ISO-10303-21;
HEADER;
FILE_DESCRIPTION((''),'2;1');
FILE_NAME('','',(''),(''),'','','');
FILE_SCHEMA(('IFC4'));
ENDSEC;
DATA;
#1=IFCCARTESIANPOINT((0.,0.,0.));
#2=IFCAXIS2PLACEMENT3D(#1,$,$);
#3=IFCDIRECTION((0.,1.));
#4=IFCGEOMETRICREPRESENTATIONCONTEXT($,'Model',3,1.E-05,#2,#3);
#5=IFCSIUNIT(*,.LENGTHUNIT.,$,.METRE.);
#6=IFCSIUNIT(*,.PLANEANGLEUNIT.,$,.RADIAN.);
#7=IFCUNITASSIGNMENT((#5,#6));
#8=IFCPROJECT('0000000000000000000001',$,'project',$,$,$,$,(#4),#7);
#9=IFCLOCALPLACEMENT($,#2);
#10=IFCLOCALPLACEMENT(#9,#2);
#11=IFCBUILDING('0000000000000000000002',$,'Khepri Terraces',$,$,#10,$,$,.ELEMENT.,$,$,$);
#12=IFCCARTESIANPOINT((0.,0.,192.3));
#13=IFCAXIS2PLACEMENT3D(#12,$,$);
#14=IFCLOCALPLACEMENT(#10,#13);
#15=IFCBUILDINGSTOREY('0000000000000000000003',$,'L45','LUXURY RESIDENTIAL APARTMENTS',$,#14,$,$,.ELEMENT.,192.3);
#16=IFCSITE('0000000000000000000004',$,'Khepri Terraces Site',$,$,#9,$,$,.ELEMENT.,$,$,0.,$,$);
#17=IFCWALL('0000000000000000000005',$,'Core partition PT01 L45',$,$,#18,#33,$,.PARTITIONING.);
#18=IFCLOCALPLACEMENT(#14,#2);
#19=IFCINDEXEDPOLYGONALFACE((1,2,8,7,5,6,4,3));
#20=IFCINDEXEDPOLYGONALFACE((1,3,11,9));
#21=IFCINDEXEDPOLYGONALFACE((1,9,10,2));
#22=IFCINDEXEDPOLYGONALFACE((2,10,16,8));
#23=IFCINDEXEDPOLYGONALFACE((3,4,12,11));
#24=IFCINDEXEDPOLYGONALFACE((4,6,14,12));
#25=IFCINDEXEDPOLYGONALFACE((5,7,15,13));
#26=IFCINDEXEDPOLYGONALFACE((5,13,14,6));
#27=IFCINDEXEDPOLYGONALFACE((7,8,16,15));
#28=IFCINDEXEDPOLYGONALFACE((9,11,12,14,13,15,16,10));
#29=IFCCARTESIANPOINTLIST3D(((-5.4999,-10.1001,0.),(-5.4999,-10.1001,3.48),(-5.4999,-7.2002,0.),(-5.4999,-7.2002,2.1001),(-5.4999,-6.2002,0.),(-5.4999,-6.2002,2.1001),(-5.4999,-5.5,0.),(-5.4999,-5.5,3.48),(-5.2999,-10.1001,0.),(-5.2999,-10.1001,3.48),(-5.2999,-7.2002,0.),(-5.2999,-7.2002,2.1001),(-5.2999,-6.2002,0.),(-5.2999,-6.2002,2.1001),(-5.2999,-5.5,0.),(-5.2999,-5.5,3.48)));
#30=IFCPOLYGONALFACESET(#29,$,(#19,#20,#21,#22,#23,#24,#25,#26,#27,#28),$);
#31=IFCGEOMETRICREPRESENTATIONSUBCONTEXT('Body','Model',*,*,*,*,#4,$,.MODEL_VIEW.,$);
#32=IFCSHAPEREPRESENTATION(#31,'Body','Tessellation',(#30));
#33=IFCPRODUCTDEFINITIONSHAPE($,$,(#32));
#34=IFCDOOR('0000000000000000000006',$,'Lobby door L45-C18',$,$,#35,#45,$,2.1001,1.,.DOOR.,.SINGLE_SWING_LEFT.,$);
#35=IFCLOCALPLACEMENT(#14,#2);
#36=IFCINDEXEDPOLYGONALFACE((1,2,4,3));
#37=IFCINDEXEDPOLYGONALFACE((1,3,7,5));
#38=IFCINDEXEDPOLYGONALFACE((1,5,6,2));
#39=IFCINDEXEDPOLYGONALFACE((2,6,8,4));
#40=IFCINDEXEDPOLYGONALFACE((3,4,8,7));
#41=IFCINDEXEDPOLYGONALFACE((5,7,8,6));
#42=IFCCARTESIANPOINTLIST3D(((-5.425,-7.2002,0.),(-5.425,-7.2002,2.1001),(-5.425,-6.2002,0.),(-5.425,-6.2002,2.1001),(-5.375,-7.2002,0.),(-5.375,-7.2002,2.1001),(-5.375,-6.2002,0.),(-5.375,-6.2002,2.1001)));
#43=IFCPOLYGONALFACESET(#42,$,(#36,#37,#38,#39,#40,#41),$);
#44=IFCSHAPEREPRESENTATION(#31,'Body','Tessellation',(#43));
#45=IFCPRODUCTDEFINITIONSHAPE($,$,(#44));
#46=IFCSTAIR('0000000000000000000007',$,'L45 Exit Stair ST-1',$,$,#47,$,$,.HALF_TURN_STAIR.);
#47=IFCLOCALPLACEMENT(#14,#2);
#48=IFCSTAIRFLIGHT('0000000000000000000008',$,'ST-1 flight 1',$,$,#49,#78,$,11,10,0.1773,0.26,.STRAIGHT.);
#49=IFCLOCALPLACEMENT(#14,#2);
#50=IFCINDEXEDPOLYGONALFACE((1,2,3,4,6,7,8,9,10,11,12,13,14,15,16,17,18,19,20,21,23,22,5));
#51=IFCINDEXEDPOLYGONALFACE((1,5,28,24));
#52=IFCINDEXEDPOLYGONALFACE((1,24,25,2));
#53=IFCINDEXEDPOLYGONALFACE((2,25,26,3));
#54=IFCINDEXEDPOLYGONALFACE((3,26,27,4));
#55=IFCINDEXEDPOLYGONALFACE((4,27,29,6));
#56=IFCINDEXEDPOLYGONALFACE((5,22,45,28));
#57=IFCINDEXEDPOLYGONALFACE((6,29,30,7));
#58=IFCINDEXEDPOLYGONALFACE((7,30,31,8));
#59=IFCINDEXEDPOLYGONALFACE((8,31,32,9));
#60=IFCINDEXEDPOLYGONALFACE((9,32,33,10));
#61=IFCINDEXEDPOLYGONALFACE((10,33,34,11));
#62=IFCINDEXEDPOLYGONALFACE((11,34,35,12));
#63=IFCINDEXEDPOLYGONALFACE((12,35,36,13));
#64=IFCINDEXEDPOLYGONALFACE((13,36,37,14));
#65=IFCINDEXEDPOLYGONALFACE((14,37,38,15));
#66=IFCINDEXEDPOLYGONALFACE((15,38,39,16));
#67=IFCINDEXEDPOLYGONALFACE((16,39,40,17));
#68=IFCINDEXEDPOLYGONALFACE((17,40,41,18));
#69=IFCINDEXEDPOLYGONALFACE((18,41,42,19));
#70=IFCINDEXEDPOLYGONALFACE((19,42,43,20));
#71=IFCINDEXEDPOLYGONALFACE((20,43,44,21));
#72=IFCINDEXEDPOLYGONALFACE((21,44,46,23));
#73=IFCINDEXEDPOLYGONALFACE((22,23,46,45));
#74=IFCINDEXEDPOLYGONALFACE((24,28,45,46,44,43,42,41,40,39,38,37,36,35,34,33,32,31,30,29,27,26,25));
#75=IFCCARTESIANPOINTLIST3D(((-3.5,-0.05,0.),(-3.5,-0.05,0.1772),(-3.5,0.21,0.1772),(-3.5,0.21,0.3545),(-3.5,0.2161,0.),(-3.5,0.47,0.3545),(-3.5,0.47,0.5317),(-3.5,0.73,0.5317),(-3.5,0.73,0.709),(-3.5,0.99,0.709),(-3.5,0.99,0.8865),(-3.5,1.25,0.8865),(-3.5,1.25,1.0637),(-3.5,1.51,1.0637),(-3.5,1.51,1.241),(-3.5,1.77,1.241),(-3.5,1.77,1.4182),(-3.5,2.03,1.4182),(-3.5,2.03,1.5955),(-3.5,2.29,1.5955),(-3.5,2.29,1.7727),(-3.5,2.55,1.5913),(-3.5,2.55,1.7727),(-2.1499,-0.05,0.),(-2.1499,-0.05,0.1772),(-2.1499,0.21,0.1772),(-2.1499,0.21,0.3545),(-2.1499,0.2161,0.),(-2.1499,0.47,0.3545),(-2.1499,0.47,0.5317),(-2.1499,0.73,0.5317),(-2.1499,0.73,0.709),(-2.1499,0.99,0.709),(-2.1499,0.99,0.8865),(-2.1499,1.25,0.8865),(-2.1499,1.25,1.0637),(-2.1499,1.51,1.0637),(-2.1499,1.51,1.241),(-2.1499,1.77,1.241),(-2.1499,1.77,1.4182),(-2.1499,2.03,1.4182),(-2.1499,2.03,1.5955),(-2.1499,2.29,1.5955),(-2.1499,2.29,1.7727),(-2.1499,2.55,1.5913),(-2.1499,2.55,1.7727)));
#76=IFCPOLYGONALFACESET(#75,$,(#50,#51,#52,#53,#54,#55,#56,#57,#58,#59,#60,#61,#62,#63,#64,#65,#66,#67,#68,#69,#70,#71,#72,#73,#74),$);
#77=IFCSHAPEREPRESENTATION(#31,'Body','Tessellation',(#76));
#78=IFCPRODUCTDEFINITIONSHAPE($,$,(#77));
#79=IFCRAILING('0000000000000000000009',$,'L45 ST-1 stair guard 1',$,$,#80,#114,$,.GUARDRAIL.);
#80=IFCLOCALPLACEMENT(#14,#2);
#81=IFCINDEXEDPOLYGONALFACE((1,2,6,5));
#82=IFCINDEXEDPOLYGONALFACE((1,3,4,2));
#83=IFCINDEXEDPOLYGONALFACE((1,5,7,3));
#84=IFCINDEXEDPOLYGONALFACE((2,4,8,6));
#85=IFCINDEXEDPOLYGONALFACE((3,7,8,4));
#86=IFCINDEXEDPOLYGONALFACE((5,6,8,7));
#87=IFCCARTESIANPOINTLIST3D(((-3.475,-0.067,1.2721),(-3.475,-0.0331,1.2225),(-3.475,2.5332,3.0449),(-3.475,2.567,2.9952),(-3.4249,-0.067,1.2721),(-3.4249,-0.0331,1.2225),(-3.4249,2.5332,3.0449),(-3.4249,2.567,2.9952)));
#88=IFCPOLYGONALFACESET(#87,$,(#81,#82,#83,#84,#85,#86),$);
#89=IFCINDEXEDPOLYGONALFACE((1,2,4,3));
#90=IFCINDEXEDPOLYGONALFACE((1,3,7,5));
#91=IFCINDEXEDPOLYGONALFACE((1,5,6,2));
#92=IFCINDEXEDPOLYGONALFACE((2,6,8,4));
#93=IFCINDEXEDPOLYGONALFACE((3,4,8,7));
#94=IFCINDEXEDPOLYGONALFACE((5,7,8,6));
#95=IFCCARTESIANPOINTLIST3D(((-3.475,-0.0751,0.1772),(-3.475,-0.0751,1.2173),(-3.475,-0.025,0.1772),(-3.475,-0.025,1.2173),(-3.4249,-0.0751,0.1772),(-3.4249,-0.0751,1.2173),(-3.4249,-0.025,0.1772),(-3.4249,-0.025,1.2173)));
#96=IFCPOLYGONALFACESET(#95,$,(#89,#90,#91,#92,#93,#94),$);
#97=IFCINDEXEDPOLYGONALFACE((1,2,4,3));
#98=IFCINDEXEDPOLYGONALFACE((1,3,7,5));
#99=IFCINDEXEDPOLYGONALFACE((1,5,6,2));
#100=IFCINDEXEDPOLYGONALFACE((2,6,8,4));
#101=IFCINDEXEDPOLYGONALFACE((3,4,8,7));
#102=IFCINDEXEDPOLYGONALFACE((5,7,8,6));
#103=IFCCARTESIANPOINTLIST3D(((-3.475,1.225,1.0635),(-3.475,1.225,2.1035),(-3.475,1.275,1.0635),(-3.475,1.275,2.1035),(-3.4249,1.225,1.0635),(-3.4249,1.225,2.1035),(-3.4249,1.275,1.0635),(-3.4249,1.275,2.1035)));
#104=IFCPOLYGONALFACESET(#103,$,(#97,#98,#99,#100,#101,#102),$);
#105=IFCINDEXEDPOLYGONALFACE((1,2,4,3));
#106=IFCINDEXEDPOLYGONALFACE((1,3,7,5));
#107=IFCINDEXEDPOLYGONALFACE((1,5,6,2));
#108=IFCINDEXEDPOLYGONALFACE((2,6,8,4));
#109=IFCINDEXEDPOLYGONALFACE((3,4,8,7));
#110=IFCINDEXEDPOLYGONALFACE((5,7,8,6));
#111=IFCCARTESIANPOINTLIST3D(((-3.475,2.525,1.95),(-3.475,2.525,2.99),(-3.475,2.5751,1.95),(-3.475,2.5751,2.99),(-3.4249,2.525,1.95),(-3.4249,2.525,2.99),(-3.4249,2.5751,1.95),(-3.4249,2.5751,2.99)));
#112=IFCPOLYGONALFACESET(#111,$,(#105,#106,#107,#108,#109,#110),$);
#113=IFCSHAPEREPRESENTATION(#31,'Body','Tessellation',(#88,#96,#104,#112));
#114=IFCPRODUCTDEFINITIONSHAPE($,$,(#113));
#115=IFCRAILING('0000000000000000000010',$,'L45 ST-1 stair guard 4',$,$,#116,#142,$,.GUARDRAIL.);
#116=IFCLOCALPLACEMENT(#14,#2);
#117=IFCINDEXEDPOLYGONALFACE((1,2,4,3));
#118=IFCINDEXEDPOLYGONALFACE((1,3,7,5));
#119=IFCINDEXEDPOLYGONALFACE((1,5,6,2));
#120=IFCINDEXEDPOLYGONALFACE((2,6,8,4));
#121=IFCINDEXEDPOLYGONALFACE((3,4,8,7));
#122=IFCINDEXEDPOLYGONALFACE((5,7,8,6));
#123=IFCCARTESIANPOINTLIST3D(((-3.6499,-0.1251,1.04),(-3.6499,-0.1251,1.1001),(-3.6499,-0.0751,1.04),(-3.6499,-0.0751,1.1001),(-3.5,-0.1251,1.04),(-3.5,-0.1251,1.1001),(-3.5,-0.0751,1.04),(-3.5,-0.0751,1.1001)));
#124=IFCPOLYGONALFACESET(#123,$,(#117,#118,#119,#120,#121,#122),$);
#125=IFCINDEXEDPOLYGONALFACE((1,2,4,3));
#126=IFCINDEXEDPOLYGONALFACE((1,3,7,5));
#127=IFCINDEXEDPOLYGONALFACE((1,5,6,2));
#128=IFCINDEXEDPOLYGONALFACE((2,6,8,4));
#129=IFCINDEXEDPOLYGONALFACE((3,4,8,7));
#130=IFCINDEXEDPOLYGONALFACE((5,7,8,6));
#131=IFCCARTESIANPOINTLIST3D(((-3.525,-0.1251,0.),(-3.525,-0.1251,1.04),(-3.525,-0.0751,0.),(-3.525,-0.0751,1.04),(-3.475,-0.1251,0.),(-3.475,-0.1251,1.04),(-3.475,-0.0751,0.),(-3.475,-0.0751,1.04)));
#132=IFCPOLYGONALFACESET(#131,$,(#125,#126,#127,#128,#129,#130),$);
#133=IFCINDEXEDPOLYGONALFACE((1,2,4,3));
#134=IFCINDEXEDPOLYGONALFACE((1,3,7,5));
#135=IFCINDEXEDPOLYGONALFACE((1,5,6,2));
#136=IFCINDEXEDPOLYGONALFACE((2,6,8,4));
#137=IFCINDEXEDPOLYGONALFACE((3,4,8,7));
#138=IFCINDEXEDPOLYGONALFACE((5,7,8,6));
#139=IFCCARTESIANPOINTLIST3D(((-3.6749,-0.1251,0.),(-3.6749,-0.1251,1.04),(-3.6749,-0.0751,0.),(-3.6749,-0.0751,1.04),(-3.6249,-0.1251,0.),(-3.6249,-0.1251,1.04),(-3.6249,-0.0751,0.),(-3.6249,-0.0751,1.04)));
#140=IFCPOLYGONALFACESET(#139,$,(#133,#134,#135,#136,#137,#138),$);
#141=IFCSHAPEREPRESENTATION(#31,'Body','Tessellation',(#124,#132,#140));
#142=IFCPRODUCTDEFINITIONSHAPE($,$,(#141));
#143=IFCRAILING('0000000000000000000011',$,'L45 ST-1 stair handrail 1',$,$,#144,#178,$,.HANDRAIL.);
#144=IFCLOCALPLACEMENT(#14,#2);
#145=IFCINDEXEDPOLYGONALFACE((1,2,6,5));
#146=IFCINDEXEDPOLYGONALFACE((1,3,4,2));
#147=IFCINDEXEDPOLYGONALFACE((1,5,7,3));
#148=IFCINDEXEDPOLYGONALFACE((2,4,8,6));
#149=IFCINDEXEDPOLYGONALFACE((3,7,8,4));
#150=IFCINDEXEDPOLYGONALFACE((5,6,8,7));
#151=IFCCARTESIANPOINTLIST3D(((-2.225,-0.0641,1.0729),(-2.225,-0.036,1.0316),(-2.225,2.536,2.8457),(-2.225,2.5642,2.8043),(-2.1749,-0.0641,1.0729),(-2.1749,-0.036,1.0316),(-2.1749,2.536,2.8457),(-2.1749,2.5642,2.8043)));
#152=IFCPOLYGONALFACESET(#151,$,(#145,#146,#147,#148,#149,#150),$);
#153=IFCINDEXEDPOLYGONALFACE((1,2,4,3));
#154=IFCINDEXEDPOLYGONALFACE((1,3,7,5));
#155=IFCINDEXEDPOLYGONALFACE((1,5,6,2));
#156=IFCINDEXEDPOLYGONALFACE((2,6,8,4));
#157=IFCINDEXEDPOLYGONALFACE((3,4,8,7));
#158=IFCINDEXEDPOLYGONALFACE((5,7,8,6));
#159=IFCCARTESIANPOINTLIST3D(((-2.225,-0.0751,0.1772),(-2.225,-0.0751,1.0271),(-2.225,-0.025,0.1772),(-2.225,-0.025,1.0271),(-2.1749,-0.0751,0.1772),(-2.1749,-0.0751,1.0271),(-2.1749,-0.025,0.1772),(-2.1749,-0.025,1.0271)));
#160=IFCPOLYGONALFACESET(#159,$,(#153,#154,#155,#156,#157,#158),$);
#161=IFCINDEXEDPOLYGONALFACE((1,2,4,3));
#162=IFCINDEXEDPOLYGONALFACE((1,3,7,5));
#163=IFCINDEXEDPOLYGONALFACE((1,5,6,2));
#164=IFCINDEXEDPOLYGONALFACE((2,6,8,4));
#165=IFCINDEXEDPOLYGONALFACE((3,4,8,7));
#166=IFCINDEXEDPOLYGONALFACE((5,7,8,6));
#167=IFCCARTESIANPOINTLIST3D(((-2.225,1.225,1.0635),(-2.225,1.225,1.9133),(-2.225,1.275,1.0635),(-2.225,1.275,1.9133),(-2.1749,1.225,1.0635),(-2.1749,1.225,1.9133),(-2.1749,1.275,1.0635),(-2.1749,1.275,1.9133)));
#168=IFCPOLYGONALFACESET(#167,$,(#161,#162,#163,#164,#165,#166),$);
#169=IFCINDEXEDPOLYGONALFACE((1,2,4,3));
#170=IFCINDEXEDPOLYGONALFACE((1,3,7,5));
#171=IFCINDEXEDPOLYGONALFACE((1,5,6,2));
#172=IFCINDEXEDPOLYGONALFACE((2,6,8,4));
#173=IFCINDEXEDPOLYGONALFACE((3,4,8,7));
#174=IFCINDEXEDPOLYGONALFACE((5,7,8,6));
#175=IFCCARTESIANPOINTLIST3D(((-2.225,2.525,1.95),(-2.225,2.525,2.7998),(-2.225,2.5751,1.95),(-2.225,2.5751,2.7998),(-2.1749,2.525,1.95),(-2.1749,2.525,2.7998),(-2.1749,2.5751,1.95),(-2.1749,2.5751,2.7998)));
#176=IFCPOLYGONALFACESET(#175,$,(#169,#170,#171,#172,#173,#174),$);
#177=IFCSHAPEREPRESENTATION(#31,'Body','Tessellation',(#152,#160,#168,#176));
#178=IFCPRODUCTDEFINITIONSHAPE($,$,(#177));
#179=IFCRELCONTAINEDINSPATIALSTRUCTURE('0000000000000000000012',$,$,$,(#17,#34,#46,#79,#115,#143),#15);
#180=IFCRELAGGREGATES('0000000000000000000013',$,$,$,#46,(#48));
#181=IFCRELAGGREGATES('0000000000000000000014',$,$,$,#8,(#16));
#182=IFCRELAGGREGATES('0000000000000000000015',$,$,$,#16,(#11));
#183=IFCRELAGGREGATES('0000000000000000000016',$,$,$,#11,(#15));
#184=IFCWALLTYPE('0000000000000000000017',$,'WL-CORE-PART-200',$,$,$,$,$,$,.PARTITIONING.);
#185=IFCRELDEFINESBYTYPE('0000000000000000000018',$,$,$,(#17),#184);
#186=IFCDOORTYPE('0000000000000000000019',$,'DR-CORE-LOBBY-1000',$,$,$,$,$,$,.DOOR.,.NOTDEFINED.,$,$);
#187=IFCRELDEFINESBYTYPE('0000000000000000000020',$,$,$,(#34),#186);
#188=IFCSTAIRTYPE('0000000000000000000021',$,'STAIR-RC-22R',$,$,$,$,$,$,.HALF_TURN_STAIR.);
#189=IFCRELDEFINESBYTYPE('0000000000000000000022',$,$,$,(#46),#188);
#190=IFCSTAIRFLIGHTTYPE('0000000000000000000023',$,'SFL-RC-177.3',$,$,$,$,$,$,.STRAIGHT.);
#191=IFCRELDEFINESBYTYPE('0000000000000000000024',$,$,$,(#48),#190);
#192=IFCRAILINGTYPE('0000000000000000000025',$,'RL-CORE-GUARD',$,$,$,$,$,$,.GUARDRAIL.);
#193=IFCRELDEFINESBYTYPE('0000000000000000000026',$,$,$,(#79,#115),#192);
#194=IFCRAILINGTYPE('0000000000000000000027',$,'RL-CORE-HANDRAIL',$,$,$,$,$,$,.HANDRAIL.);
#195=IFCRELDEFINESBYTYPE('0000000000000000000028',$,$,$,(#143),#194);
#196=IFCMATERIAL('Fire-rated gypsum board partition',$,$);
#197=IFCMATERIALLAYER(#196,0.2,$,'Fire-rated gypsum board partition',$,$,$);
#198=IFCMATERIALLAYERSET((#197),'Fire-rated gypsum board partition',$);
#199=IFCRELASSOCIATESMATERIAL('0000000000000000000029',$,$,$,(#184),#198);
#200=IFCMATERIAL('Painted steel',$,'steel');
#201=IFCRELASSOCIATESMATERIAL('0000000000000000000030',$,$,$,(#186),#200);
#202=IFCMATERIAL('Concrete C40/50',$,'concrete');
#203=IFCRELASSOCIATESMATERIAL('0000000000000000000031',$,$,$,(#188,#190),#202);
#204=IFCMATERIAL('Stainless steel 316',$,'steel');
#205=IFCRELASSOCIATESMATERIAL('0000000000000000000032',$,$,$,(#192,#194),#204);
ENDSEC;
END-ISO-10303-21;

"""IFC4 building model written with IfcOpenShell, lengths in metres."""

from ifc_helpers import new_model, si_unit, direction, frame, frame_2d, origin, origin_2d, place, context, subcontext, project, spatial, polyline, rectangle, outline, extrude, material, layer, layer_set, type_object, element, fill, aggregate, save


model = new_model("IFC4")

# Units and contexts
model_context = context("Model", 3, precision=1e-05, world=origin(), true_north=direction((0.0, 1.0)))
body_context = subcontext(model_context, "Body", "Model", "MODEL_VIEW")
ifc_project = project(units=[si_unit("LENGTHUNIT", "METRE"), si_unit("PLANEANGLEUNIT", "RADIAN")], contexts=[model_context])

# Site, building, storey
site_placement = place(None, origin())
site = spatial("IfcSite", under=ifc_project, at=site_placement, Name="Khepri Terraces Site", CompositionType="ELEMENT", RefElevation=0.0)
building_placement = place(site_placement, origin())
building = spatial("IfcBuilding", under=site, at=building_placement, Name="Khepri Terraces", CompositionType="ELEMENT")
storey_placement = place(building_placement, frame((0.0, 0.0, 192.3)))
storey = spatial("IfcBuildingStorey", under=building, at=storey_placement, Name="L45", Description="LUXURY RESIDENTIAL APARTMENTS", CompositionType="ELEMENT", Elevation=192.3)

# Shared definitions
ifc_material_1 = material(Name="Painted steel", Category="steel")

# Shared definitions
ifc_material_2 = material(Name="Fire-rated gypsum board partition")

# Wall, opening, door
ifc_layer_1 = layer(ifc_material_2, 0.2, Name="Fire-rated gypsum board partition")
ifc_layer_set_1 = layer_set([ifc_layer_1], Name="Fire-rated gypsum board partition")
wall_type_1 = type_object("IfcWallType", Name="WL-CORE-PART-200", PredefinedType="PARTITIONING", material=ifc_layer_set_1)
wall_1_placement = place(storey_placement, frame((-5.3999, -10.1001, 0.0), z_axis=(0.0, 0.0, 1.0), x_axis=(0.0, 1.0, 0.0)))
wall_1 = element("IfcWall", 1, at=wall_1_placement, inside=storey, type_object=wall_type_1, Name="Core partition PT01 L45", PredefinedType="PARTITIONING", context=body_context, shape_type="SweptSolid", body=[
    extrude(rectangle(XDim=4.6001, YDim=0.2, at=frame_2d((2.3, 0.0))), origin(), (0.0, 0.0, 1.0), 3.48),
])
opening_1_placement = place(wall_1_placement, frame((2.8999, 0.0, 0.0)))
opening_1 = element("IfcOpeningElement", 2, at=opening_1_placement, cuts=wall_1, PredefinedType="OPENING", context=body_context, shape_type="SweptSolid", body=[
    extrude(rectangle(XDim=1.0, YDim=2.1001, at=frame_2d((0.5, 1.05))), frame((0.0, 0.1099, 0.0), z_axis=(0.0, -1.0, 0.0), x_axis=(1.0, 0.0, 0.0)), (0.0, 0.0, 1.0), 0.22),
])
door_type_1 = type_object("IfcDoorType", Name="DR-CORE-LOBBY-1000", OperationType="NOTDEFINED", PredefinedType="DOOR", material=ifc_material_1)
door_1_placement = place(opening_1_placement, frame((1.0, 0.0, 0.0), z_axis=(0.0, 0.0, 1.0), x_axis=(-1.0, 0.0, 0.0)))
door_1 = element("IfcDoor", 3, at=door_1_placement, inside=storey, type_object=door_type_1, Name="Lobby door L45-C18", OperationType="SINGLE_SWING_LEFT", OverallHeight=2.1001, OverallWidth=1.0, PredefinedType="DOOR", context=body_context, shape_type="SweptSolid", body=[
    extrude(rectangle(XDim=1.0, YDim=2.1001, at=frame_2d((0.5, 1.05))), frame((0.0, 0.0249, 0.0), z_axis=(0.0, -1.0, 0.0), x_axis=(1.0, 0.0, 0.0)), (0.0, 0.0, 1.0), 0.05),
])
fill(opening_1, door_1)

# Stair, stair flight
ifc_material_3 = material(Name="Concrete C40/50", Category="concrete")
stair_type = type_object("IfcStairType", Name="STAIR-RC-22R", PredefinedType="HALF_TURN_STAIR", material=ifc_material_3)
stair_placement = place(storey_placement, origin())
stair = element("IfcStair", 4, at=stair_placement, inside=storey, type_object=stair_type, Name="L45 Exit Stair ST-1", PredefinedType="HALF_TURN_STAIR")
stair_flight_type = type_object("IfcStairFlightType", Name="SFL-RC-177.3", PredefinedType="STRAIGHT", material=ifc_material_3)
stair_flight_placement = place(storey_placement, frame((-2.825, -0.05, 0.0), z_axis=(0.0, 0.0, 1.0), x_axis=(0.0, 1.0, 0.0)))
stair_flight = element("IfcStairFlight", 5, at=stair_flight_placement, type_object=stair_flight_type, Name="ST-1 flight 1", NumberOfRisers=11, NumberOfTreads=10, PredefinedType="STRAIGHT", RiserHeight=0.1773, TreadLength=0.26, context=body_context, shape_type="SweptSolid", body=[
    extrude(outline(polyline([(0.0, 0.0), (0.0, 0.1772), (0.26, 0.1772), (0.26, 0.3545), (0.52, 0.3545), (0.52, 0.5317), (0.78, 0.5317), (0.78, 0.709), (1.04, 0.709), (1.04, 0.8865), (1.3, 0.8865), (1.3, 1.0637), (1.5601, 1.0637), (1.5601, 1.241), (1.8201, 1.241), (1.8201, 1.4182), (2.0801, 1.4182), (2.0801, 1.5955), (2.3401, 1.5955), (2.3401, 1.7727), (2.6001, 1.7727), (2.6001, 1.95), (2.6001, 1.5913), (0.2661, 0.0), (0.0, 0.0)])), frame((0.0, 0.675, 0.0), z_axis=(0.0, -1.0, 0.0), x_axis=(1.0, 0.0, 0.0)), (0.0, 0.0, 1.0), 1.3501),
])
aggregate(stair, [stair_flight])

# Railings
ifc_material_4 = material(Name="Stainless steel 316", Category="steel")
railing_type_1 = type_object("IfcRailingType", Name="RL-CORE-GUARD", PredefinedType="GUARDRAIL", material=ifc_material_4)
railing_1_placement = place(storey_placement, frame((-3.45, -0.05, 0.1772)))
element("IfcRailing", 6, at=railing_1_placement, inside=storey, type_object=railing_type_1, Name="L45 ST-1 stair guard 1", PredefinedType="GUARDRAIL", context=body_context, shape_type="SweptSolid", body=[
    extrude(rectangle(XDim=0.05, YDim=0.0601, at=origin_2d()), frame((0.0, 0.0, 1.0701), z_axis=(0.0, 0.82624, 0.563318), x_axis=(-1.0, 0.0, 0.0)), (0.0, 0.0, 1.0), 3.147),
    extrude(rectangle(XDim=0.05, YDim=0.05, at=origin_2d()), origin(), (0.0, 0.0, 1.0), 1.04),
    extrude(rectangle(XDim=0.05, YDim=0.05, at=origin_2d()), frame((0.0, 1.3, 0.8862)), (0.0, 0.0, 1.0), 1.04),
    extrude(rectangle(XDim=0.05, YDim=0.05, at=origin_2d()), frame((0.0, 2.6001, 1.7727)), (0.0, 0.0, 1.0), 1.04),
])
railing_2_placement = place(storey_placement, frame((-3.5, -0.1001, 0.0)))
element("IfcRailing", 7, at=railing_2_placement, inside=storey, type_object=railing_type_1, Name="L45 ST-1 stair guard 4", PredefinedType="GUARDRAIL", context=body_context, shape_type="SweptSolid", body=[
    extrude(rectangle(XDim=0.05, YDim=0.0601, at=origin_2d()), frame((0.0, 0.0, 1.0701), z_axis=(-1.0, 0.0, 0.0), x_axis=(0.0, -1.0, 0.0)), (0.0, 0.0, 1.0), 0.1499),
    extrude(rectangle(XDim=0.05, YDim=0.05, at=origin_2d()), origin(), (0.0, 0.0, 1.0), 1.04),
    extrude(rectangle(XDim=0.05, YDim=0.05, at=origin_2d()), frame((-0.1499, 0.0, 0.0)), (0.0, 0.0, 1.0), 1.04),
])
railing_type_2 = type_object("IfcRailingType", Name="RL-CORE-HANDRAIL", PredefinedType="HANDRAIL", material=ifc_material_4)
railing_3_placement = place(storey_placement, frame((-2.2, -0.05, 0.1772)))
element("IfcRailing", 8, at=railing_3_placement, inside=storey, type_object=railing_type_2, Name="L45 ST-1 stair handrail 1", PredefinedType="HANDRAIL", context=body_context, shape_type="SweptSolid", body=[
    extrude(rectangle(XDim=0.05, YDim=0.05, at=origin_2d()), frame((0.0, 0.0, 0.875), z_axis=(0.0, 0.82624, 0.563318), x_axis=(-1.0, 0.0, 0.0)), (0.0, 0.0, 1.0), 3.147),
    extrude(rectangle(XDim=0.05, YDim=0.05, at=origin_2d()), origin(), (0.0, 0.0, 1.0), 0.8499),
    extrude(rectangle(XDim=0.05, YDim=0.05, at=origin_2d()), frame((0.0, 1.3, 0.8862)), (0.0, 0.0, 1.0), 0.8499),
    extrude(rectangle(XDim=0.05, YDim=0.05, at=origin_2d()), frame((0.0, 2.6001, 1.7727)), (0.0, 0.0, 1.0), 0.8499),
])

save(model, "model.ifc")
